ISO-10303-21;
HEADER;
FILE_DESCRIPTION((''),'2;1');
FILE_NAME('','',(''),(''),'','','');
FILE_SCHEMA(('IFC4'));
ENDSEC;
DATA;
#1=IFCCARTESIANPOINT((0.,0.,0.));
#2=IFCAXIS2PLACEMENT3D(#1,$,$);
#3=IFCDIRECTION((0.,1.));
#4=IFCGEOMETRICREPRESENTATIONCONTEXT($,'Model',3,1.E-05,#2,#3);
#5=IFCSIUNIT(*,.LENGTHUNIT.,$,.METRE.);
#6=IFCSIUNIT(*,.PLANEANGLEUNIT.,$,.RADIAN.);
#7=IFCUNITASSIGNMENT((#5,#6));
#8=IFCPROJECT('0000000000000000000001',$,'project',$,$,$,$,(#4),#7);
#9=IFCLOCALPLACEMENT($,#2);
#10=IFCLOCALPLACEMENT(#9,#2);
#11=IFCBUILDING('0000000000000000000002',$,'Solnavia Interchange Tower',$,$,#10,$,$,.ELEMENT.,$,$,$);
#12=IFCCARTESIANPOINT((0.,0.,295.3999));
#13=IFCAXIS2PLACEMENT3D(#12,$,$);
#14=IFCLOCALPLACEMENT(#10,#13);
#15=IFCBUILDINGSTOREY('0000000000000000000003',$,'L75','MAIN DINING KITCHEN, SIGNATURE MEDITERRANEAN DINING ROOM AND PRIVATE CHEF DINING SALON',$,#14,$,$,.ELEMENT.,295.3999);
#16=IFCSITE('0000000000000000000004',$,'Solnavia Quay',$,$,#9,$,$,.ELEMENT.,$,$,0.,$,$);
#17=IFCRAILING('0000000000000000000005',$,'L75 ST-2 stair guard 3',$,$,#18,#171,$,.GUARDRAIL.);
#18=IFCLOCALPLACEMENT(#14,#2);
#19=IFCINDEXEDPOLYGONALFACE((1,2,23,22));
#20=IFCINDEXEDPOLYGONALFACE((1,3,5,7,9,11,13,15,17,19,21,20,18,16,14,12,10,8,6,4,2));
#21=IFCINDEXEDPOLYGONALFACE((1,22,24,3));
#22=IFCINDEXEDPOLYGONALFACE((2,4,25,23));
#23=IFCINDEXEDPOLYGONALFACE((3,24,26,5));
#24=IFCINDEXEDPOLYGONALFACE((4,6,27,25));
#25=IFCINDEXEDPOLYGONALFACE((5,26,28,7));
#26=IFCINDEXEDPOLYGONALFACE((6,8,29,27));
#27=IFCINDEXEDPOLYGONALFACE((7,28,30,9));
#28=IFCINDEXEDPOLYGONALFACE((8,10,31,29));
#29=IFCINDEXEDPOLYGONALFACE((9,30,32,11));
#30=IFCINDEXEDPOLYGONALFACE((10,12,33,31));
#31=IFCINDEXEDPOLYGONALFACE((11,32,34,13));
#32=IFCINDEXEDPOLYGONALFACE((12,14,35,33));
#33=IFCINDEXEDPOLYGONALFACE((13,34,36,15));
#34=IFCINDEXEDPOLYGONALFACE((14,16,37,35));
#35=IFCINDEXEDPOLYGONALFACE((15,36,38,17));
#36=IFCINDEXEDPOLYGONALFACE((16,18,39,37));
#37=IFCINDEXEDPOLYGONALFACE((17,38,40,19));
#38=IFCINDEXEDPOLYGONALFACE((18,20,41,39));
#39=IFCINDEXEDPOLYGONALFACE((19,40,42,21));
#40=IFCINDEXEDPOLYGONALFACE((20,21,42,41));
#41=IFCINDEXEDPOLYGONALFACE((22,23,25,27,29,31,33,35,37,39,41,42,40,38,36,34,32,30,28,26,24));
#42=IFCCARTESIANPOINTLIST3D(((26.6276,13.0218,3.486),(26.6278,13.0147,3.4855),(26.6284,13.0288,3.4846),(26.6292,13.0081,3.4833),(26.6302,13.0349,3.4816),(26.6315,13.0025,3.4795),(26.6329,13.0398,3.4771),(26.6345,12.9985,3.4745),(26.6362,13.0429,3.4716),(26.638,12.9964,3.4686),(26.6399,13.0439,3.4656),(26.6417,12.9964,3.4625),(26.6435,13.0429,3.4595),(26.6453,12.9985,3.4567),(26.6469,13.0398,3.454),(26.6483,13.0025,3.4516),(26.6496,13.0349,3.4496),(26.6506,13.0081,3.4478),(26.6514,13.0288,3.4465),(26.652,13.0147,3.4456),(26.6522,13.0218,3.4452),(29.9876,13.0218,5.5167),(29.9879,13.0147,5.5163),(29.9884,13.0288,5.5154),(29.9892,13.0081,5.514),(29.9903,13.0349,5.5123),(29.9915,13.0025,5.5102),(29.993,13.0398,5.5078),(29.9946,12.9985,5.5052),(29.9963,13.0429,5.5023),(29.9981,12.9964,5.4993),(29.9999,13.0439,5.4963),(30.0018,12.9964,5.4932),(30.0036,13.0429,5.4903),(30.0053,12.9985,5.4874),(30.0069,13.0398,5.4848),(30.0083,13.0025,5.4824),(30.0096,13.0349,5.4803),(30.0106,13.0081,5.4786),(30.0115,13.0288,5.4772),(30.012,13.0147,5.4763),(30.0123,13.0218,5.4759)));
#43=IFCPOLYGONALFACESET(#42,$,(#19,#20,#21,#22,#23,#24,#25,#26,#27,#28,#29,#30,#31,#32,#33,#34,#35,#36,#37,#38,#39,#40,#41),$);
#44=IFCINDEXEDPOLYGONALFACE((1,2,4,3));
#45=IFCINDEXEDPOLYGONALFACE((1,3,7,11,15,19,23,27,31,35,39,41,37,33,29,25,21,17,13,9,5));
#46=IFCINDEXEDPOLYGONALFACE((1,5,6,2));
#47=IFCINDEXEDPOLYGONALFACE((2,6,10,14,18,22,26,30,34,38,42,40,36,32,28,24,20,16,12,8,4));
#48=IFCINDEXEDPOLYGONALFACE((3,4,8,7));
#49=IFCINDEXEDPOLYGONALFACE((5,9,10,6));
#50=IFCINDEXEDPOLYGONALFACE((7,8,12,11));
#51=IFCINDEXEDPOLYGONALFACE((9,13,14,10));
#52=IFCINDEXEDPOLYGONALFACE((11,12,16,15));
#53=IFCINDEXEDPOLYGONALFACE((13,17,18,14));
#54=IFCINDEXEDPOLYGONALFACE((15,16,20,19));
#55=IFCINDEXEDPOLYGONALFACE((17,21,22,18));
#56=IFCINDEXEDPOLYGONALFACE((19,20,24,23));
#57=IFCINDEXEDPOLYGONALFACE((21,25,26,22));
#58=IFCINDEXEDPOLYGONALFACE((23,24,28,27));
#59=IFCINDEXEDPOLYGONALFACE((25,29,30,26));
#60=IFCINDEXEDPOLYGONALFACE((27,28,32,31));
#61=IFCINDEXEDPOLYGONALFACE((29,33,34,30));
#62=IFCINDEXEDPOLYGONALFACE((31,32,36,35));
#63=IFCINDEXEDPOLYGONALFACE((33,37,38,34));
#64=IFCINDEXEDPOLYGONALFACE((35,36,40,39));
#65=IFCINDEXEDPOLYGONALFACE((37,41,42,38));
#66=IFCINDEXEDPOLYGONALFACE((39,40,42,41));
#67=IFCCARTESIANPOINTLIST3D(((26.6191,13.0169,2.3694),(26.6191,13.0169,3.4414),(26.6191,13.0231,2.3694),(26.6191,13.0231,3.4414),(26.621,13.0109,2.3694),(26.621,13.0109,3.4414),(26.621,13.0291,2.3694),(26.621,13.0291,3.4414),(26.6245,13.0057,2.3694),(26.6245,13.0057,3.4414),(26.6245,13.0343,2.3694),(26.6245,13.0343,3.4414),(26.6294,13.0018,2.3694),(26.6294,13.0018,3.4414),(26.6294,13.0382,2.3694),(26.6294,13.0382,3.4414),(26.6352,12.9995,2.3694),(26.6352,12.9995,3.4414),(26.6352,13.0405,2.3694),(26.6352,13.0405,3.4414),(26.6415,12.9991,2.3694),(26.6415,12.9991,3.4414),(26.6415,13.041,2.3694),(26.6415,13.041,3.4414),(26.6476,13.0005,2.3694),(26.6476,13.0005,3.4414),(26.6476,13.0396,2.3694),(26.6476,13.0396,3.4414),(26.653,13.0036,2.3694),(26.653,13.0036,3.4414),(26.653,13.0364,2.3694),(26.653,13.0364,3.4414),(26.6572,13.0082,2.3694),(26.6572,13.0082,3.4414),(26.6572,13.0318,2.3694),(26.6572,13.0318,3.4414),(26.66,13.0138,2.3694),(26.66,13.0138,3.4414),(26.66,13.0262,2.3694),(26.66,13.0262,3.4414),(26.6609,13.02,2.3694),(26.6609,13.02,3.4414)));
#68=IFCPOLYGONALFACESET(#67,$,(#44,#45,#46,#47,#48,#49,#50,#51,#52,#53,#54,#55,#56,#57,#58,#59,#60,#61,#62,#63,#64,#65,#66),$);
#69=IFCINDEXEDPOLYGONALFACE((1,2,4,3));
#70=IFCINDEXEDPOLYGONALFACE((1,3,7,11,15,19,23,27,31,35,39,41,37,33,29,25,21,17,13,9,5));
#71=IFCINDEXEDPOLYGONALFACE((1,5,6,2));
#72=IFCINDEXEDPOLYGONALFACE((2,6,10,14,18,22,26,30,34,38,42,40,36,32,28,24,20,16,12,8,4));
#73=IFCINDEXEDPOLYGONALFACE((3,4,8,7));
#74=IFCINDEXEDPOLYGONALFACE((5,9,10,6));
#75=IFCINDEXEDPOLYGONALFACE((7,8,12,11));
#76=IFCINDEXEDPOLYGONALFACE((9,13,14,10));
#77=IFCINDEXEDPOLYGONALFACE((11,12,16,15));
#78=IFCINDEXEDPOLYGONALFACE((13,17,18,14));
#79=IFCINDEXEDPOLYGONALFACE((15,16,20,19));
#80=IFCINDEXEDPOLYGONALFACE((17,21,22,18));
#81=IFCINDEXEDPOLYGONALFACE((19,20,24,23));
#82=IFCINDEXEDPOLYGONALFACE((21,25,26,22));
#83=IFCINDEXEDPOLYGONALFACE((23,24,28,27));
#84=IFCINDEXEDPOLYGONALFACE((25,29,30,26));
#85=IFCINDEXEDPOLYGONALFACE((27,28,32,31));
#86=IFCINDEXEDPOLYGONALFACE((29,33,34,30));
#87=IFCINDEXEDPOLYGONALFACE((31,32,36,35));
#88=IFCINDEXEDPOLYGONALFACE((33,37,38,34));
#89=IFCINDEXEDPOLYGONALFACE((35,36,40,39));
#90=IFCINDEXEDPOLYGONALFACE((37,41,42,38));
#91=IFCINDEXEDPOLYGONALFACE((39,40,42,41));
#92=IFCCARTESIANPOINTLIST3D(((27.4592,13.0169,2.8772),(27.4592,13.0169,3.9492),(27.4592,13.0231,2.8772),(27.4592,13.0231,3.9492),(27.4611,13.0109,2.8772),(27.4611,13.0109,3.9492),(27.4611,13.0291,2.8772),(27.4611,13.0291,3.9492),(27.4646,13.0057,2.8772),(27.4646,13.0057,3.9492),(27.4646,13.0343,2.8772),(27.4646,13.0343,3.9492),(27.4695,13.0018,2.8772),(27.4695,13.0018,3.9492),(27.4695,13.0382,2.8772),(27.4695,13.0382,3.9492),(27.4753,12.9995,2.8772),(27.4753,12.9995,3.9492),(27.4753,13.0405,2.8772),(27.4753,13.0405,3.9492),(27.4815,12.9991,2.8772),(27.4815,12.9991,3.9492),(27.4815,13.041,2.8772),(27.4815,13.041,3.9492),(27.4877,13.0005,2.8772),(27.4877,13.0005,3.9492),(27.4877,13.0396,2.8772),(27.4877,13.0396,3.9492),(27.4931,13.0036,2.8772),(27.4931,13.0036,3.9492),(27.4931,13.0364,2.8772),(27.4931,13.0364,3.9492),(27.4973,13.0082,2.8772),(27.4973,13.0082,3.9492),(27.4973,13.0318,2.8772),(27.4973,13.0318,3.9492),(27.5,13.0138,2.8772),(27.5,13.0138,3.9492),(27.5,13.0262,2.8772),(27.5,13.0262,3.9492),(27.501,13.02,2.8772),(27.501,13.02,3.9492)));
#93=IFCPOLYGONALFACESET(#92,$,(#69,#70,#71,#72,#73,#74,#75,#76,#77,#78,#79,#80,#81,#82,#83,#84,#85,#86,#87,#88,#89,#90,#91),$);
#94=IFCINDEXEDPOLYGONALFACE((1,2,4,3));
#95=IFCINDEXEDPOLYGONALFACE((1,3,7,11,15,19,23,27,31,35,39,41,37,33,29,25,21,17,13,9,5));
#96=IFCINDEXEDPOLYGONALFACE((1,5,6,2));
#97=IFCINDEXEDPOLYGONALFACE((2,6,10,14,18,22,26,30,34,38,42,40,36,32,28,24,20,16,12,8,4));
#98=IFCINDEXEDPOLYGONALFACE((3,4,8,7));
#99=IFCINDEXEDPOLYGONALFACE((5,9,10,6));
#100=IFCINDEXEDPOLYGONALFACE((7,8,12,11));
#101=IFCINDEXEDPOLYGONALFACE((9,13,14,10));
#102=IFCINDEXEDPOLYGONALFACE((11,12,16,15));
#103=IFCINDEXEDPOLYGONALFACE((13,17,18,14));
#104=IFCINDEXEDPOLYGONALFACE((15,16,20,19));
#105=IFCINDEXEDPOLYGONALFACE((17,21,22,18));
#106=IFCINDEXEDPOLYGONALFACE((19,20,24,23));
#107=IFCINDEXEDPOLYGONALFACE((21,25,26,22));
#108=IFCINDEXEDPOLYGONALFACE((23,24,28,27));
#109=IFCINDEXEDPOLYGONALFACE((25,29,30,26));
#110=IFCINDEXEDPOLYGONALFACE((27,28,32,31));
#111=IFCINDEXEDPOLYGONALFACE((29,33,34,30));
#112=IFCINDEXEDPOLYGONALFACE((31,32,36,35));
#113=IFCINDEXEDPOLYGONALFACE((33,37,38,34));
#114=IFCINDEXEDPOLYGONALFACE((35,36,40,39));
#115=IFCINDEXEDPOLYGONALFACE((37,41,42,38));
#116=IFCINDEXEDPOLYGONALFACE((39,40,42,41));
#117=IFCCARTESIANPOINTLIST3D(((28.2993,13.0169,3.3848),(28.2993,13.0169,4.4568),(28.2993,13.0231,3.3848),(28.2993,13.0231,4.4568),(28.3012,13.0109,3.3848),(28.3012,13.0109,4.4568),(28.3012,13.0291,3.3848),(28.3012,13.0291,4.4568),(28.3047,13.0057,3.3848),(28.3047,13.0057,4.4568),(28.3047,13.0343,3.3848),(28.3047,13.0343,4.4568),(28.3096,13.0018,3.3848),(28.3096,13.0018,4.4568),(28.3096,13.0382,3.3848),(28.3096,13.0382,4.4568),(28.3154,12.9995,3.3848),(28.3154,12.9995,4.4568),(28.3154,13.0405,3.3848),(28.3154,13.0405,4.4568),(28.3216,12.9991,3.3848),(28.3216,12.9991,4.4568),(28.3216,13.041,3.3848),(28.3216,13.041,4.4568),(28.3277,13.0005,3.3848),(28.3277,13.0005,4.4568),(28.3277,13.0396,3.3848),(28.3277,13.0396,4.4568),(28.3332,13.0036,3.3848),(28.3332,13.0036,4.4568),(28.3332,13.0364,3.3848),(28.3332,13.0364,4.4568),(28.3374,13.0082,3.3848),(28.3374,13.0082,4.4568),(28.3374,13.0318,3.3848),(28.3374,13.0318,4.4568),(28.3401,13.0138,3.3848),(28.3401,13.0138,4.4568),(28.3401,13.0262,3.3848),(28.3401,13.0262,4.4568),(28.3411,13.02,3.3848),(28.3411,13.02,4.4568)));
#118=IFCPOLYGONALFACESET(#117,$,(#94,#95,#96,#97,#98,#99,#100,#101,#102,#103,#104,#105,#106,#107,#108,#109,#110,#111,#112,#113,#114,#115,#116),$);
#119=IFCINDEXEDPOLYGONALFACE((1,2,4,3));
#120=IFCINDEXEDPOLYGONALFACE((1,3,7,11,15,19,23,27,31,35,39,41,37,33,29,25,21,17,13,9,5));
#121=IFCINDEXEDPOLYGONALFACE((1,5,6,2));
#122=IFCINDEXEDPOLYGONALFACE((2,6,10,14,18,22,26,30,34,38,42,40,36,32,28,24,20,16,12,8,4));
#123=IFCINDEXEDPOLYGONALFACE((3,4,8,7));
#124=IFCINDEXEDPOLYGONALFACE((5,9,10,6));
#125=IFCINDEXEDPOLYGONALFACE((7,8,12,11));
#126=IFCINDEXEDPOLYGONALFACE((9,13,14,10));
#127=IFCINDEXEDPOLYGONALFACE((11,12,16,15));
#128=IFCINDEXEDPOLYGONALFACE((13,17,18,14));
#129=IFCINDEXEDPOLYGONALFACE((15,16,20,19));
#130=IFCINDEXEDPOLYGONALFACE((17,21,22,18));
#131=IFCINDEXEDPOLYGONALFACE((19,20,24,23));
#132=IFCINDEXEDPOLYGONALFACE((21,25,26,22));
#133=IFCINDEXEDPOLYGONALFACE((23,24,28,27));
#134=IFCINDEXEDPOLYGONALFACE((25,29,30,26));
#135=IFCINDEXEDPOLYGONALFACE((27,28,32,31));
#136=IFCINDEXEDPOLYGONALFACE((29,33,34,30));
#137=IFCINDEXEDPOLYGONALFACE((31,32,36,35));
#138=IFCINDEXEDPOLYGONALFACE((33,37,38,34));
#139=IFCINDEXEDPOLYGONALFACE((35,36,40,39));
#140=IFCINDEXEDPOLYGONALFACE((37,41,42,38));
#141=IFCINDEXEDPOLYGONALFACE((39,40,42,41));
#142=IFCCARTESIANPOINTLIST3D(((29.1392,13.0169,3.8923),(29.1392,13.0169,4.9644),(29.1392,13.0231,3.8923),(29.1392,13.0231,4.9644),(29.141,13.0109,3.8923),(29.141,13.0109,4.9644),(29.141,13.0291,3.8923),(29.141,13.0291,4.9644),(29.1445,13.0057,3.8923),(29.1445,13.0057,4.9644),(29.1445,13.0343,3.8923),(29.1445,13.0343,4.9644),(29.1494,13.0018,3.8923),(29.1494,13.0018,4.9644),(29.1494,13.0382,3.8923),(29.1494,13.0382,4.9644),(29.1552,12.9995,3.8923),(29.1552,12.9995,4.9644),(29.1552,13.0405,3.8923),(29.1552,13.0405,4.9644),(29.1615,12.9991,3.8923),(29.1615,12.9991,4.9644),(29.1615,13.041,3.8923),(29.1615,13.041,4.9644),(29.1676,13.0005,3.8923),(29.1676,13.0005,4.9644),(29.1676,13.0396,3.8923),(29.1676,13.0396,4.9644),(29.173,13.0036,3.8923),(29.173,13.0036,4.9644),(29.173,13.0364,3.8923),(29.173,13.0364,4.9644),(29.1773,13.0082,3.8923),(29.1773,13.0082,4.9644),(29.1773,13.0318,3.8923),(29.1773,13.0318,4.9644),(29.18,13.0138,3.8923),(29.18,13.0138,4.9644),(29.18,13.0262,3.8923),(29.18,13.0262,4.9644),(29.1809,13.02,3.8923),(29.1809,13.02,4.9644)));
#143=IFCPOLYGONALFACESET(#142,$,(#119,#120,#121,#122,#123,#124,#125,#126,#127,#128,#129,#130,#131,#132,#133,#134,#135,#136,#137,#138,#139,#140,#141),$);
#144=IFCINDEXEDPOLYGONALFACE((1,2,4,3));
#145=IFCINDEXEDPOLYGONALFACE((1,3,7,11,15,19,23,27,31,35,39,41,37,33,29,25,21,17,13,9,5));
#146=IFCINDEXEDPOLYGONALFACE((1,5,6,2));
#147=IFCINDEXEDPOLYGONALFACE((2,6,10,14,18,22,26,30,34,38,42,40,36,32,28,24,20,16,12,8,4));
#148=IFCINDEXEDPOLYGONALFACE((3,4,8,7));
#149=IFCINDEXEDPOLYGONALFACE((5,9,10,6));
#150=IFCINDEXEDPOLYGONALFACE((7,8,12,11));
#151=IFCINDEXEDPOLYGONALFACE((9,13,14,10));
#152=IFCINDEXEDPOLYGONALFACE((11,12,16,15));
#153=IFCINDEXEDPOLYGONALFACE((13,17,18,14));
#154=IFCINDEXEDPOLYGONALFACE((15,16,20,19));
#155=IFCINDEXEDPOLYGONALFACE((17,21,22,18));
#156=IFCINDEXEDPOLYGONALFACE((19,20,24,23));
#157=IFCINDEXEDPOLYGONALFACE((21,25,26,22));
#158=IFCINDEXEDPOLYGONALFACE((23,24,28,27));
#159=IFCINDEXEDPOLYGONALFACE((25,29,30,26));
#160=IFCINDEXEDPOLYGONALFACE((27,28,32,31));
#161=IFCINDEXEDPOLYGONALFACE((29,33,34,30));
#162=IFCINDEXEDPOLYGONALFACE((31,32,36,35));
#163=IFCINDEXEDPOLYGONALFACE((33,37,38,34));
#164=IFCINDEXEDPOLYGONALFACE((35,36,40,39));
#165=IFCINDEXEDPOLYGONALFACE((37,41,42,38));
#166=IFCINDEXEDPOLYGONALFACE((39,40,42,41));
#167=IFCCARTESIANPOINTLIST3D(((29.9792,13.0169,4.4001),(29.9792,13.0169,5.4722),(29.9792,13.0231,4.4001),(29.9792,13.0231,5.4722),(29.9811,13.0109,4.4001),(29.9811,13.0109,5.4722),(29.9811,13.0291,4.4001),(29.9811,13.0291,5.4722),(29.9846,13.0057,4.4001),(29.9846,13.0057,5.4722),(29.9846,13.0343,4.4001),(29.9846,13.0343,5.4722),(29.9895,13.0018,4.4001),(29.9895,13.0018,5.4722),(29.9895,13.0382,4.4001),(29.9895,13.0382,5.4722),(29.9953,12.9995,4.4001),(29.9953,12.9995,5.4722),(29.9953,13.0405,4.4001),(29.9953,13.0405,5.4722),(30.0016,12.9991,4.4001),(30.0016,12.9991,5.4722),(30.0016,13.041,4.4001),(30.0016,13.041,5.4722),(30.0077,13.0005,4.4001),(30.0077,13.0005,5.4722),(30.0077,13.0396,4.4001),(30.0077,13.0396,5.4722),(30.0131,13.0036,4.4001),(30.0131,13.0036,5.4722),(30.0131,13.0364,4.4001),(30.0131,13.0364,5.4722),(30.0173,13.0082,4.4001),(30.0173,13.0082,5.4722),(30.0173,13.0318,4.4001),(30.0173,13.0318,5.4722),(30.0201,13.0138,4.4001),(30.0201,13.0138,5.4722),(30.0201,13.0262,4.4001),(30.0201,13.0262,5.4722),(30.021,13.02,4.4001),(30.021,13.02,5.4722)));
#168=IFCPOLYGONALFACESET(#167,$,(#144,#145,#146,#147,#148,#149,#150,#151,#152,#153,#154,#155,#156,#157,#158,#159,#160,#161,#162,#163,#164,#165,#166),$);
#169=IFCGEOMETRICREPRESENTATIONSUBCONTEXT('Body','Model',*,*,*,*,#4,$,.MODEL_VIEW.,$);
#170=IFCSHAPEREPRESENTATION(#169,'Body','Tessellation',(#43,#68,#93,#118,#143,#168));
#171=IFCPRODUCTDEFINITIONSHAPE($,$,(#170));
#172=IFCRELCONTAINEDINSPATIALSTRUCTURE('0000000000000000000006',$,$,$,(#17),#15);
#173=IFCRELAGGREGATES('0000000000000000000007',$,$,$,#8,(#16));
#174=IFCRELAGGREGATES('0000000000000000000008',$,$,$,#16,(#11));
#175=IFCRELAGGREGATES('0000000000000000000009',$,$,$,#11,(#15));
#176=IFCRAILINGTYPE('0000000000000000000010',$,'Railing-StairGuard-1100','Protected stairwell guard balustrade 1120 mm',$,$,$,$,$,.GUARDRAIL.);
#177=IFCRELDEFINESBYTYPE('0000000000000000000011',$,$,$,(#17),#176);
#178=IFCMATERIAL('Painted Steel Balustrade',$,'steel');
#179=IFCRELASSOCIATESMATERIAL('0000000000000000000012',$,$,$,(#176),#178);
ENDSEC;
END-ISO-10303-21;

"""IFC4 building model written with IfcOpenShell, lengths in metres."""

from ifc_helpers import new_model, si_unit, direction, frame, origin, origin_2d, place, context, subcontext, project, spatial, circle, extrude, material, type_object, element, save


model = new_model("IFC4")

# Units and contexts
model_context = context("Model", 3, precision=1e-05, world=origin(), true_north=direction((0.0, 1.0)))
body_context = subcontext(model_context, "Body", "Model", "MODEL_VIEW")
ifc_project = project(units=[si_unit("LENGTHUNIT", "METRE"), si_unit("PLANEANGLEUNIT", "RADIAN")], contexts=[model_context])

# Site, building, storey
site_placement = place(None, origin())
site = spatial("IfcSite", under=ifc_project, at=site_placement, Name="Solnavia Quay", CompositionType="ELEMENT", RefElevation=0.0)
building_placement = place(site_placement, origin())
building = spatial("IfcBuilding", under=site, at=building_placement, Name="Solnavia Interchange Tower", CompositionType="ELEMENT")
storey_placement = place(building_placement, frame((0.0, 0.0, 295.3999)))
storey = spatial("IfcBuildingStorey", under=building, at=storey_placement, Name="L75", Description="MAIN DINING KITCHEN, SIGNATURE MEDITERRANEAN DINING ROOM AND PRIVATE CHEF DINING SALON", CompositionType="ELEMENT", Elevation=295.3999)

# Railing
ifc_material_1 = material(Name="Painted Steel Balustrade", Category="steel")
railing_type_1 = type_object("IfcRailingType", Name="Railing-StairGuard-1100", Description="Protected stairwell guard balustrade 1120 mm", PredefinedType="GUARDRAIL", material=ifc_material_1)
railing_1_placement = place(storey_placement, frame((26.6399, 13.02, 2.3694)))
element("IfcRailing", 1, at=railing_1_placement, inside=storey, type_object=railing_type_1, Name="L75 ST-2 stair guard 3", PredefinedType="GUARDRAIL", context=body_context, shape_type="SweptSolid", body=[
    extrude(circle(Radius=0.0239, at=origin_2d()), frame((0.0, 0.0, 1.0962), z_axis=(0.855837, 0.0, 0.517246), x_axis=(0.0, 1.0, 0.0)), (0.0, 0.0, 1.0), 3.926),
    extrude(circle(Radius=0.021, at=origin_2d()), origin(), (0.0, 0.0, 1.0), 1.072),
    extrude(circle(Radius=0.021, at=origin_2d()), frame((0.8401, 0.0, 0.5078)), (0.0, 0.0, 1.0), 1.072),
    extrude(circle(Radius=0.021, at=origin_2d()), frame((1.6802, 0.0, 1.0154)), (0.0, 0.0, 1.0), 1.072),
    extrude(circle(Radius=0.021, at=origin_2d()), frame((2.52, 0.0, 1.5229)), (0.0, 0.0, 1.0), 1.072),
    extrude(circle(Radius=0.021, at=origin_2d()), frame((3.3601, 0.0, 2.0308)), (0.0, 0.0, 1.0), 1.072),
])

save(model, "model.ifc")
